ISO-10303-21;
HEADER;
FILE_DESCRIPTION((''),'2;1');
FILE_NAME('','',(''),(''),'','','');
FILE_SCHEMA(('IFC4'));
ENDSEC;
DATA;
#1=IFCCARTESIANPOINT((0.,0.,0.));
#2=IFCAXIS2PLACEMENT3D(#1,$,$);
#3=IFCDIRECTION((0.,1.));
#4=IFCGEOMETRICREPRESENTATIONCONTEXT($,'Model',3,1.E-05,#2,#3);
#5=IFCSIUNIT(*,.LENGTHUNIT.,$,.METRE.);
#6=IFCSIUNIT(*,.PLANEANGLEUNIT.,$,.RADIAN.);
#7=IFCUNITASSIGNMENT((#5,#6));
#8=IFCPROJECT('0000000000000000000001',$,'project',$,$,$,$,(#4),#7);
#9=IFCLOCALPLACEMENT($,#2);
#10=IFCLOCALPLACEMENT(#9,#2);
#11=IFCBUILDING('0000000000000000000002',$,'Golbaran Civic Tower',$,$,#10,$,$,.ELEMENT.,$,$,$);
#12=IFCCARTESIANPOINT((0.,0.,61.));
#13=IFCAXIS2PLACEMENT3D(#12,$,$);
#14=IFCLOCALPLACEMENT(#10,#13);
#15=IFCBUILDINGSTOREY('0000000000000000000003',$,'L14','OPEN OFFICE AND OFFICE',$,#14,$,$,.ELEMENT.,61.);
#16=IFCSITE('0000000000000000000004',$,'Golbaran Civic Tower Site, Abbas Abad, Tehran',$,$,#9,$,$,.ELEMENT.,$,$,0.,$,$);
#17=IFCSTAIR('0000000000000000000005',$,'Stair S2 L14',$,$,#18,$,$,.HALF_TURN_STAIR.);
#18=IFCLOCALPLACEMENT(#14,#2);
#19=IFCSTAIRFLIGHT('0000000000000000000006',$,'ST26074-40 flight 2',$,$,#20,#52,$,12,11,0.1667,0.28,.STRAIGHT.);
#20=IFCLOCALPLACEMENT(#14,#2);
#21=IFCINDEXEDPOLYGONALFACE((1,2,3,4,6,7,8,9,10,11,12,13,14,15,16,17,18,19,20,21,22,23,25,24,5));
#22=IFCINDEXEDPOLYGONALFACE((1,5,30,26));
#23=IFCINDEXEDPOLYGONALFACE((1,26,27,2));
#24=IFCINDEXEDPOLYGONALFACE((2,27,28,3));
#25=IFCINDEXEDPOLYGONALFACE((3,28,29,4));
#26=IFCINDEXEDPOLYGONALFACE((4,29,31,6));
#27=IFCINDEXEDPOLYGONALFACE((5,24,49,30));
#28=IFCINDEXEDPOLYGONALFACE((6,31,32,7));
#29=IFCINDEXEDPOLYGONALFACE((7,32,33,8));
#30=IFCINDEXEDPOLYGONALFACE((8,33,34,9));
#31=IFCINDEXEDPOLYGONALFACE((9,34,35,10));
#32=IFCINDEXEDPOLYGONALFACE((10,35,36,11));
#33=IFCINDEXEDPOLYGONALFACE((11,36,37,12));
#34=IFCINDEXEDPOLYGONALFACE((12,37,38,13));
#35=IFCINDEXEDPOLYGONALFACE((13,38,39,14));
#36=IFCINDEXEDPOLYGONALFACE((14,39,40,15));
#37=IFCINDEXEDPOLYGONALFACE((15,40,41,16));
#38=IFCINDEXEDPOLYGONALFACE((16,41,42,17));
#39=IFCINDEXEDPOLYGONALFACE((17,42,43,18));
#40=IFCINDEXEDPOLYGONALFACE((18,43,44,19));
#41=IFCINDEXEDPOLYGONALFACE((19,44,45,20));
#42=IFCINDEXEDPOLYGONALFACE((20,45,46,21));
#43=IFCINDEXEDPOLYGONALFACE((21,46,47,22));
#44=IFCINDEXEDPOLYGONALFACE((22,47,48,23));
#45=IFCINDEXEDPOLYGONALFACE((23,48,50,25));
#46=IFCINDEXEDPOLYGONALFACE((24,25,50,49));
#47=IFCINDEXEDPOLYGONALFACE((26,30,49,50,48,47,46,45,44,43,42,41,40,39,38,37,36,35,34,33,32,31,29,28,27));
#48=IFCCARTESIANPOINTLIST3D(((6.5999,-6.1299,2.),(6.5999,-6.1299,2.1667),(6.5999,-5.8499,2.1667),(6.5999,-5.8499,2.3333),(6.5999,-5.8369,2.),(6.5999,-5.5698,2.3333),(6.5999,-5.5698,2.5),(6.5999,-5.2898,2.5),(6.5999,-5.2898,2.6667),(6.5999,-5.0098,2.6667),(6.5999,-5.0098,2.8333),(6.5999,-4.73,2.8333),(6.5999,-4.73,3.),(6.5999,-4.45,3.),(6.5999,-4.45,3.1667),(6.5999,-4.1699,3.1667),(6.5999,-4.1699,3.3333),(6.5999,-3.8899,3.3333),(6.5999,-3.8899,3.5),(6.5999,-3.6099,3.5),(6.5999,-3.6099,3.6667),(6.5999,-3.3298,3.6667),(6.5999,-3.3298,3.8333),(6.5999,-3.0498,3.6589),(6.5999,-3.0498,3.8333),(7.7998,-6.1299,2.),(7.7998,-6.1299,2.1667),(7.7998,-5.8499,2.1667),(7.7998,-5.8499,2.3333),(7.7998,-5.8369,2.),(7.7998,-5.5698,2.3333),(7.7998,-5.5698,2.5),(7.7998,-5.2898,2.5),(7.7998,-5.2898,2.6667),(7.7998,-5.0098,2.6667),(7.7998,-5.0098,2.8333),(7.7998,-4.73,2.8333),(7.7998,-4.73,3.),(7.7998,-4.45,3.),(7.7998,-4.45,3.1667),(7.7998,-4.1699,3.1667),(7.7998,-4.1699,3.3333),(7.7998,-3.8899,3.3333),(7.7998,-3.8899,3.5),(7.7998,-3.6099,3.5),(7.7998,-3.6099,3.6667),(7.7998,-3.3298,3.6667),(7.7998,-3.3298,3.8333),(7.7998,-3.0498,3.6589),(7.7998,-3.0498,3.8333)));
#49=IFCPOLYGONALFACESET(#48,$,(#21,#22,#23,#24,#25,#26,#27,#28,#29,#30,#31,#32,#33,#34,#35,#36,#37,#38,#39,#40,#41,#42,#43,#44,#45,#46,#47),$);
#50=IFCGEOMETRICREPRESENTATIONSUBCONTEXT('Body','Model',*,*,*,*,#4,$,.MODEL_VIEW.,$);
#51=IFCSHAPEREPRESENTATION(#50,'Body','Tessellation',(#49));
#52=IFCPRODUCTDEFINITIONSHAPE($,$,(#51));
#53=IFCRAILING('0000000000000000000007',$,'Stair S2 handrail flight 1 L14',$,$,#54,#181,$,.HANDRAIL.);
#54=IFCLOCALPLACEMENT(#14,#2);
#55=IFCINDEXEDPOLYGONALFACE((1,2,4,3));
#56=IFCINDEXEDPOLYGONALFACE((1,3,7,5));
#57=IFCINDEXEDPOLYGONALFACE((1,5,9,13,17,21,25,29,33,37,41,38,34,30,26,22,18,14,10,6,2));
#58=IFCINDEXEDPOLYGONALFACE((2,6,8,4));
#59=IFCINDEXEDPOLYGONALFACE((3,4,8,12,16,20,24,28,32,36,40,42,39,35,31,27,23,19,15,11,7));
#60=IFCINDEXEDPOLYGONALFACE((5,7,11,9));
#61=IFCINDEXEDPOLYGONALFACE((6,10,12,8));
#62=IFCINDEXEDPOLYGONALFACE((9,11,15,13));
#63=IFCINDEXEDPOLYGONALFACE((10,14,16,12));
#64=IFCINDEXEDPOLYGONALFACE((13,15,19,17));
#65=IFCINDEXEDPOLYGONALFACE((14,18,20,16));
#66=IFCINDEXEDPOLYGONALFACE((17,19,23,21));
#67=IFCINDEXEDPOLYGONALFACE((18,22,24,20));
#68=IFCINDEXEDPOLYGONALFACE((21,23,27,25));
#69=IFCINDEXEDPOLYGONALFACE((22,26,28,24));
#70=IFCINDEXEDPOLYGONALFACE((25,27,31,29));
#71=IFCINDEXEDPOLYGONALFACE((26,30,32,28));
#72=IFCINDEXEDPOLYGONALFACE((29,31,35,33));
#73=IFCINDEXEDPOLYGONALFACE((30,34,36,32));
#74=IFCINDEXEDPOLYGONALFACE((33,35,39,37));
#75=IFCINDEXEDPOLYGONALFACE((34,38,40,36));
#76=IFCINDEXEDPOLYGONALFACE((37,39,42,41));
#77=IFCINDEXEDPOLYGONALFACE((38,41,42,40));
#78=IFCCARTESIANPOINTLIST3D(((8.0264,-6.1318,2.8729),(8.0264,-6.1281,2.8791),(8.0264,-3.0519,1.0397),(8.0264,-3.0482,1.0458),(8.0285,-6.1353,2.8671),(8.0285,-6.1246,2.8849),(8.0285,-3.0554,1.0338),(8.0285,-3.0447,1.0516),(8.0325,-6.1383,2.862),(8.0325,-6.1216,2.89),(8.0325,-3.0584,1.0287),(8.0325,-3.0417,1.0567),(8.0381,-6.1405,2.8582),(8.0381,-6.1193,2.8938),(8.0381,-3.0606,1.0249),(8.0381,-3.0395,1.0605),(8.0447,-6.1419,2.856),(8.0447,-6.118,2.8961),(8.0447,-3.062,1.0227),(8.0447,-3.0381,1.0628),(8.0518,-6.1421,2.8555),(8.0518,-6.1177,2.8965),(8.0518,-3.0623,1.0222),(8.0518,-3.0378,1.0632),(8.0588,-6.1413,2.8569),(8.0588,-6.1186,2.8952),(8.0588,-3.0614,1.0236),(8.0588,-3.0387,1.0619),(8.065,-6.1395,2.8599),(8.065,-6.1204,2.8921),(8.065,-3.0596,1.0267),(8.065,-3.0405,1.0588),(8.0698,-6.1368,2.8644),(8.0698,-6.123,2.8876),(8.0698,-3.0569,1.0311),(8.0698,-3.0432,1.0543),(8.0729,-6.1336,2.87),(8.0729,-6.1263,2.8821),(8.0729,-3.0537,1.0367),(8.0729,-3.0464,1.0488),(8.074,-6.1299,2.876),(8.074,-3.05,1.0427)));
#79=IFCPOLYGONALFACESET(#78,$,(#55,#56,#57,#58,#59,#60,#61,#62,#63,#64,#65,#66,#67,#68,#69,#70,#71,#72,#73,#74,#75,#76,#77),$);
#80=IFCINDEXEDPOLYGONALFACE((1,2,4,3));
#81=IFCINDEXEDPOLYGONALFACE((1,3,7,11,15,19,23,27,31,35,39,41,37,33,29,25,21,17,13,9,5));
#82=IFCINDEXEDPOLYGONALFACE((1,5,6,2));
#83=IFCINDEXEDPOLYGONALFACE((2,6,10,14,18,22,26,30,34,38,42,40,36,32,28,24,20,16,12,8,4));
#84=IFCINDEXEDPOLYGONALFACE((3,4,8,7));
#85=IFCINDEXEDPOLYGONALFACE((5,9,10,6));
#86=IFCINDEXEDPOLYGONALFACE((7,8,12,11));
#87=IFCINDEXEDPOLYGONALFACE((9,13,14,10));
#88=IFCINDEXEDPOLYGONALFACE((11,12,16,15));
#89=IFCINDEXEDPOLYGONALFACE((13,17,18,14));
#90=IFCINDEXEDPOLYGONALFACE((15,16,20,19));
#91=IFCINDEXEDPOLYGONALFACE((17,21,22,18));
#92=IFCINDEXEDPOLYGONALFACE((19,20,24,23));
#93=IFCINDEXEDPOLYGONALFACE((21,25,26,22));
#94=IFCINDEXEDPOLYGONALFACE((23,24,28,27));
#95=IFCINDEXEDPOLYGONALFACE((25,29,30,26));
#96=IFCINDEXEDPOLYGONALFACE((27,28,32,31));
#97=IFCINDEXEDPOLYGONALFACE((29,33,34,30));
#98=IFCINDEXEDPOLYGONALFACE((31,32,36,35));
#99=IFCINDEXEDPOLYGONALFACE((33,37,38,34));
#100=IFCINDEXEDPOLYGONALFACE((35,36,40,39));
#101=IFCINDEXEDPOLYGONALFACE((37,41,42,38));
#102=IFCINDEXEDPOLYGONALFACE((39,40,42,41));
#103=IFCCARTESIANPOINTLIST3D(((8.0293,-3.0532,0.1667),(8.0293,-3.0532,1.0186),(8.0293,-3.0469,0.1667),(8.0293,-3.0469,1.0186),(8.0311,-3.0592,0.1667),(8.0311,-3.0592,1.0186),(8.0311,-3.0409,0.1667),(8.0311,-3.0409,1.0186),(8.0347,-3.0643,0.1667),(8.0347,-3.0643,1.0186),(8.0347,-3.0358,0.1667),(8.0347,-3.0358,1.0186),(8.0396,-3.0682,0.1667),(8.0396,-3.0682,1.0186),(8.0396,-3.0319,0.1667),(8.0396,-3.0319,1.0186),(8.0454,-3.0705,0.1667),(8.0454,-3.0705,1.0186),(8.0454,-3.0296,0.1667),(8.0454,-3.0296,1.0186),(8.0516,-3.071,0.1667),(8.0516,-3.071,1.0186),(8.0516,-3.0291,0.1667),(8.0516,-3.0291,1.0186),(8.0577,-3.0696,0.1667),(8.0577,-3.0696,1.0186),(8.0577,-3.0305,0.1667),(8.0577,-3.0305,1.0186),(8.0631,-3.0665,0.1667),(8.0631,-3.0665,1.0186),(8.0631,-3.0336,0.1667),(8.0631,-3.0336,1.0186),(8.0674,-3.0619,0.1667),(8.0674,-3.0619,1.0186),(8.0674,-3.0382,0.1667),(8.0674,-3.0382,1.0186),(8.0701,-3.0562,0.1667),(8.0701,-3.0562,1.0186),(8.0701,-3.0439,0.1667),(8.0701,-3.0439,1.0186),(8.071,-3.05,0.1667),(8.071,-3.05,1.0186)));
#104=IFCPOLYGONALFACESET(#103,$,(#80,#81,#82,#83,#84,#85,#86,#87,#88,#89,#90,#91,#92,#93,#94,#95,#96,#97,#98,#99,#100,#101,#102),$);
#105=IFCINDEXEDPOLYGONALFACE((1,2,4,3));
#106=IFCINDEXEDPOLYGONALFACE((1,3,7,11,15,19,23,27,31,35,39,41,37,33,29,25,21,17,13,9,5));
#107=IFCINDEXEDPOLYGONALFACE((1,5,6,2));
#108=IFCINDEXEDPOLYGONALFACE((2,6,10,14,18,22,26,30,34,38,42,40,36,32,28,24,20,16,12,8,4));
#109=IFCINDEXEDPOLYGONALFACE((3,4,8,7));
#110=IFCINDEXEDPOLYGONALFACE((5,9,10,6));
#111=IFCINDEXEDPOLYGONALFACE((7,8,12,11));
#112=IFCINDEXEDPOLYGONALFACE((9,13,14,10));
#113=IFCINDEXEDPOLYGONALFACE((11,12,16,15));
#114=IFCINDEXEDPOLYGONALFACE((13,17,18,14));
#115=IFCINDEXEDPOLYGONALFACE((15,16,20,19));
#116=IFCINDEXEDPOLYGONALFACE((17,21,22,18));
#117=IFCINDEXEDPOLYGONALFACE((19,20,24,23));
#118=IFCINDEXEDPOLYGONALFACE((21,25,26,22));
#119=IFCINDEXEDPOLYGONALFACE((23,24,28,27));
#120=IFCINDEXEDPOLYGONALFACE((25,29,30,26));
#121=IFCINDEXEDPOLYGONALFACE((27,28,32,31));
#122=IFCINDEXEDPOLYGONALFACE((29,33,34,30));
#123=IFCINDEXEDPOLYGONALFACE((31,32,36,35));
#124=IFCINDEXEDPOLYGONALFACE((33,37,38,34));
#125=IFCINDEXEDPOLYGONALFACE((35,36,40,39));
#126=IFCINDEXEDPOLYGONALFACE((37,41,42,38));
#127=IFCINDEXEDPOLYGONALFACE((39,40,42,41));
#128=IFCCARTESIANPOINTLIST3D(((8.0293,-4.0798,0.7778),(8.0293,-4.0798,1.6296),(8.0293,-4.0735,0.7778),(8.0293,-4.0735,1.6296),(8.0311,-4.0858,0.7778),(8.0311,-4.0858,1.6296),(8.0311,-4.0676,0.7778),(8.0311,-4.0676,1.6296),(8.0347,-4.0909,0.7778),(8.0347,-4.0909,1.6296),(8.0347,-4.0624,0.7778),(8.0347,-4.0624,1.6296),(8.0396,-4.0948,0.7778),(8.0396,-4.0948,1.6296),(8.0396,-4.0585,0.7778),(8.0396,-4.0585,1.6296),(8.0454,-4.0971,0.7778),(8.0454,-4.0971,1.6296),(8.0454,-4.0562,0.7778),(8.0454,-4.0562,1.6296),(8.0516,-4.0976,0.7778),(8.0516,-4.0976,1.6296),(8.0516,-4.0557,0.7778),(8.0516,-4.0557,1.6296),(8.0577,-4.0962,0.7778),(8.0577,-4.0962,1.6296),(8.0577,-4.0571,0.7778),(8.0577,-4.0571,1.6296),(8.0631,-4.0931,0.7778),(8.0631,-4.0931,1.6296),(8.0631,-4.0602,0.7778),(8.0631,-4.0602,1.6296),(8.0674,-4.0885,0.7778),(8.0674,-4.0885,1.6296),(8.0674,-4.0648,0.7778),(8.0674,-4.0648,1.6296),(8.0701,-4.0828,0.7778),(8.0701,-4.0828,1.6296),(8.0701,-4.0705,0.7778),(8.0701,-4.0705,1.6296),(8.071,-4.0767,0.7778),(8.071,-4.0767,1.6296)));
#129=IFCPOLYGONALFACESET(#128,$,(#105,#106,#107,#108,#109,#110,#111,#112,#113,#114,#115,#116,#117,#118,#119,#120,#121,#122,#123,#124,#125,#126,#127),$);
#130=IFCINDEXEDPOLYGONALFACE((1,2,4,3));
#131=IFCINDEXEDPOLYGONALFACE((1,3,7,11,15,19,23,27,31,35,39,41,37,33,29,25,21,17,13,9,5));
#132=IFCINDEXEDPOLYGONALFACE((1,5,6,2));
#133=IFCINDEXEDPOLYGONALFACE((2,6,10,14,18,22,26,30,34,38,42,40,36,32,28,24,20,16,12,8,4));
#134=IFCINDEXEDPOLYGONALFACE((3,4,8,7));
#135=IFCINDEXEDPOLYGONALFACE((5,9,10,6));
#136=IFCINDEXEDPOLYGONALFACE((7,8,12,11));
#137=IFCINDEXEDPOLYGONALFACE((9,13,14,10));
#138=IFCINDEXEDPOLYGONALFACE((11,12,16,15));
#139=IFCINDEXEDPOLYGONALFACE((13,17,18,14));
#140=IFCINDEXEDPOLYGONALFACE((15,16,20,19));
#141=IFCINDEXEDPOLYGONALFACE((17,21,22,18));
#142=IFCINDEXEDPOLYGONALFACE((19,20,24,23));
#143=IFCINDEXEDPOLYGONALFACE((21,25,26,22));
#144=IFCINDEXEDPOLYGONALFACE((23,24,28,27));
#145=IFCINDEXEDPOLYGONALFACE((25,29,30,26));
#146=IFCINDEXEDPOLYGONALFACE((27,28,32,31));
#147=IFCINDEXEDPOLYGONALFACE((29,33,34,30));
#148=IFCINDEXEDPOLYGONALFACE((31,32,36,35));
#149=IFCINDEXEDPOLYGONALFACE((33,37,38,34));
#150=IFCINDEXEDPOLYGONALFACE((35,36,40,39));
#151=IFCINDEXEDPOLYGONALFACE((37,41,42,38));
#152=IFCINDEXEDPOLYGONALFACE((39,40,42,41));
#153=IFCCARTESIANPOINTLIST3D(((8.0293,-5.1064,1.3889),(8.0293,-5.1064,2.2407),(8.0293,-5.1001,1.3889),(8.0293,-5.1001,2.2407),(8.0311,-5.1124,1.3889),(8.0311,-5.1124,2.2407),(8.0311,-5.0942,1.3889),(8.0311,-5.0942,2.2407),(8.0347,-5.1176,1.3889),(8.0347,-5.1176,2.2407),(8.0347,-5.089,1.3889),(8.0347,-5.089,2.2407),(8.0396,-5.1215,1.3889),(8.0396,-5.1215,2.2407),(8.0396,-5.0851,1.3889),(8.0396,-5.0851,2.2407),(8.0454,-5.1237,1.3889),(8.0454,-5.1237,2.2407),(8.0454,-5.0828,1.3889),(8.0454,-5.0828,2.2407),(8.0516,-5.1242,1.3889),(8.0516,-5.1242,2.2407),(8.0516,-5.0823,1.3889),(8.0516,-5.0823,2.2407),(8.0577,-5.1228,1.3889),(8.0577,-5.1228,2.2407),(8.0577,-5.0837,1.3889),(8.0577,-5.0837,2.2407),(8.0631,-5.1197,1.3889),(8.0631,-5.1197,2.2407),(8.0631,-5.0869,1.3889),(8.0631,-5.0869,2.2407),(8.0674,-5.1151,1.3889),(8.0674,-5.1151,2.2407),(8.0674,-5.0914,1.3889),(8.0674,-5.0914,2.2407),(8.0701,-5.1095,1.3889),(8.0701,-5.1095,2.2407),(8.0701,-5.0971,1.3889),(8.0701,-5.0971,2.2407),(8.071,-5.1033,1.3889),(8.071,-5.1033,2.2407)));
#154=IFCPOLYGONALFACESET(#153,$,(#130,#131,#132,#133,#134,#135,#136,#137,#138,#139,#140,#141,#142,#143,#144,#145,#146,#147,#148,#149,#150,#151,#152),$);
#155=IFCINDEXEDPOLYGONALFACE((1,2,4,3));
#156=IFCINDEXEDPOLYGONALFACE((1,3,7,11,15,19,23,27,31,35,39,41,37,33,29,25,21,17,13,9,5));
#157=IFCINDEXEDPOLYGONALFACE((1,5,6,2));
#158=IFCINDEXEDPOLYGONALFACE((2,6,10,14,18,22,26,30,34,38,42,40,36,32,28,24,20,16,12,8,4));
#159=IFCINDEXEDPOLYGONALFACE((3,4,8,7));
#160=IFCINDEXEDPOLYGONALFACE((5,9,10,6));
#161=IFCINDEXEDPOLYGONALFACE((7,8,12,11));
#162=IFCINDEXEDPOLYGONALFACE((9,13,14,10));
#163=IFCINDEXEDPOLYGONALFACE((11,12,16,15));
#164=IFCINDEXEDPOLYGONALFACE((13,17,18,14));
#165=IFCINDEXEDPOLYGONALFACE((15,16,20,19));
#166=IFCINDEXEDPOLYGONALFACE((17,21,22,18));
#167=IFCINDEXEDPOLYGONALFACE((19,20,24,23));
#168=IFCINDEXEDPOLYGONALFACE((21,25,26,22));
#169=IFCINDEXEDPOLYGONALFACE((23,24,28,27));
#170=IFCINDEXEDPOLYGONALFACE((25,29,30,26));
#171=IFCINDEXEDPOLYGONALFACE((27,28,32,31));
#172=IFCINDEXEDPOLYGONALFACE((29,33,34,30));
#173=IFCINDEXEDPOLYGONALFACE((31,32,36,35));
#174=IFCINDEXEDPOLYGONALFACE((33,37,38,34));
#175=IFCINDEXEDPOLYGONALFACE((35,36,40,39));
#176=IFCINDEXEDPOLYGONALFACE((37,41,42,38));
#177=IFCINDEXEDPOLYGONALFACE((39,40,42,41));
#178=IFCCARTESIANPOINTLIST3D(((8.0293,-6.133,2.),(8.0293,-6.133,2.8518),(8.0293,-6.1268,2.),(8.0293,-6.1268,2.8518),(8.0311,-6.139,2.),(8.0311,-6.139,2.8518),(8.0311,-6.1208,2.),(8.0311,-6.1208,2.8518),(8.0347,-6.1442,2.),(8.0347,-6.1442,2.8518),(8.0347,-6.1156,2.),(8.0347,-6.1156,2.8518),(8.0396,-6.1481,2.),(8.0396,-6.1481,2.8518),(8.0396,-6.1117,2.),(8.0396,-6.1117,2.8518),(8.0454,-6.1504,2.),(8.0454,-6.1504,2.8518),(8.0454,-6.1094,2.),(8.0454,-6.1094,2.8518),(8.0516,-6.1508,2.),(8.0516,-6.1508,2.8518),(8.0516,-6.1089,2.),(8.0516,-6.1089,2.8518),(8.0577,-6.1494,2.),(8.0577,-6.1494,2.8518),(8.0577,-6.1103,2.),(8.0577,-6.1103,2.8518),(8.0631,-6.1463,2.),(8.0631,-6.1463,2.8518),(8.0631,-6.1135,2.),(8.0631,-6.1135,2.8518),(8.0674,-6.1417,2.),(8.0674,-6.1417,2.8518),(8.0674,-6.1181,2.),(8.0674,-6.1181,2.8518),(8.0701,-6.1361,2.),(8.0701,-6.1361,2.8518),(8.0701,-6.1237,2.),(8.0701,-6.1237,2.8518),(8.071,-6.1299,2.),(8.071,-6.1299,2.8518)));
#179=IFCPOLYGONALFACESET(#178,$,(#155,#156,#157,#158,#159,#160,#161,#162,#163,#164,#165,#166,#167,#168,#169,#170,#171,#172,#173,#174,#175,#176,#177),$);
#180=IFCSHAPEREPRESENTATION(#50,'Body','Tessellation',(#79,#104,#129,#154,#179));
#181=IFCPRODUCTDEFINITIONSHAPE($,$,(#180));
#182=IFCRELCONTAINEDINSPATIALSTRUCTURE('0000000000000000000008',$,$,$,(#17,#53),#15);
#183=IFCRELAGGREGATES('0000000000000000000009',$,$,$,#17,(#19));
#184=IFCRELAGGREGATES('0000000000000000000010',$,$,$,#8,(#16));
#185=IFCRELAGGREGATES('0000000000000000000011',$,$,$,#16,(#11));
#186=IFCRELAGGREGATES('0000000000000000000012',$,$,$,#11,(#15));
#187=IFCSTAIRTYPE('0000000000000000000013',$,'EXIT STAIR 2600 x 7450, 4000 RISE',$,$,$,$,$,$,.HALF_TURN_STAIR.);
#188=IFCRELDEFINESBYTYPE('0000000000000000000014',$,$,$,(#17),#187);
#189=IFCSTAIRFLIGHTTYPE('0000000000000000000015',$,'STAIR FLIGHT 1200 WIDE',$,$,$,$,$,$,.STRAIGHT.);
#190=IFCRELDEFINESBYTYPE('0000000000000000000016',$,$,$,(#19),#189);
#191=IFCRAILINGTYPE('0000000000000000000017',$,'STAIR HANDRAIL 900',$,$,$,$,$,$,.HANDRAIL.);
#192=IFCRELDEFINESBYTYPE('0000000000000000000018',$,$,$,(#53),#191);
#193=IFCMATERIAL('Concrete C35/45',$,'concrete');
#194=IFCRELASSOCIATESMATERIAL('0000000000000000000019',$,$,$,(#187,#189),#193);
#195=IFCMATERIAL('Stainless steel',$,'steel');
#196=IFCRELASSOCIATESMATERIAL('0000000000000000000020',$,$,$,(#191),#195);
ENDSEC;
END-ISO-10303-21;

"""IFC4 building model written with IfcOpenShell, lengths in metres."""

from ifc_helpers import new_model, si_unit, direction, frame, origin, origin_2d, place, context, subcontext, project, spatial, polyline, circle, outline, extrude, material, type_object, element, aggregate, save


model = new_model("IFC4")

# Units and contexts
model_context = context("Model", 3, precision=1e-05, world=origin(), true_north=direction((0.0, 1.0)))
body_context = subcontext(model_context, "Body", "Model", "MODEL_VIEW")
ifc_project = project(units=[si_unit("LENGTHUNIT", "METRE"), si_unit("PLANEANGLEUNIT", "RADIAN")], contexts=[model_context])

# Site, building, storey
site_placement = place(None, origin())
site = spatial("IfcSite", under=ifc_project, at=site_placement, Name="Golbaran Civic Tower Site, Abbas Abad, Tehran", CompositionType="ELEMENT", RefElevation=0.0)
building_placement = place(site_placement, origin())
building = spatial("IfcBuilding", under=site, at=building_placement, Name="Golbaran Civic Tower", CompositionType="ELEMENT")
storey_placement = place(building_placement, frame((0.0, 0.0, 61.0)))
storey = spatial("IfcBuildingStorey", under=building, at=storey_placement, Name="L14", Description="OPEN OFFICE AND OFFICE", CompositionType="ELEMENT", Elevation=61.0)

# Shared definitions
ifc_material_1 = material(Name="Concrete C35/45", Category="concrete")

# Shared definitions
ifc_material_2 = material(Name="Stainless steel", Category="steel")

# Stair, stair flight
stair_type_1 = type_object("IfcStairType", Name="EXIT STAIR 2600 x 7450, 4000 RISE", PredefinedType="HALF_TURN_STAIR", material=ifc_material_1)
stair_1_placement = place(storey_placement, origin())
stair_1 = element("IfcStair", 1, at=stair_1_placement, inside=storey, type_object=stair_type_1, Name="Stair S2 L14", PredefinedType="HALF_TURN_STAIR")
stair_flight_type = type_object("IfcStairFlightType", Name="STAIR FLIGHT 1200 WIDE", PredefinedType="STRAIGHT", material=ifc_material_1)
stair_flight_1_placement = place(storey_placement, frame((7.2, -6.1299, 2.0), z_axis=(0.0, 0.0, 1.0), x_axis=(0.0, 1.0, 0.0)))
stair_flight_1 = element("IfcStairFlight", 2, at=stair_flight_1_placement, type_object=stair_flight_type, Name="ST26074-40 flight 2", NumberOfRisers=12, NumberOfTreads=11, PredefinedType="STRAIGHT", RiserHeight=0.1667, TreadLength=0.28, context=body_context, shape_type="SweptSolid", body=[
    extrude(outline(polyline([(0.0, 0.0), (0.0, 0.1667), (0.28, 0.1667), (0.28, 0.3333), (0.5601, 0.3333), (0.5601, 0.5), (0.8401, 0.5), (0.8401, 0.6667), (1.1201, 0.6667), (1.1201, 0.8333), (1.3999, 0.8333), (1.3999, 1.0), (1.6799, 1.0), (1.6799, 1.1667), (1.96, 1.1667), (1.96, 1.3333), (2.24, 1.3333), (2.24, 1.5), (2.52, 1.5), (2.52, 1.6667), (2.8, 1.6667), (2.8, 1.8333), (3.0801, 1.8333), (3.0801, 2.0), (3.0801, 1.6589), (0.293, 0.0), (0.0, 0.0)])), frame((0.0, 0.6001, 0.0), z_axis=(0.0, -1.0, 0.0), x_axis=(1.0, 0.0, 0.0)), (0.0, 0.0, 1.0), 1.2),
])
aggregate(stair_1, [stair_flight_1])

# Railing
railing_type = type_object("IfcRailingType", Name="STAIR HANDRAIL 900", PredefinedType="HANDRAIL", material=ifc_material_2)
railing_1_placement = place(storey_placement, frame((8.05, -3.05, 0.1667)))
element("IfcRailing", 3, at=railing_1_placement, inside=storey, type_object=railing_type, Name="Stair S2 handrail flight 1 L14", PredefinedType="HANDRAIL", context=body_context, shape_type="SweptSolid", body=[
    extrude(circle(Radius=0.0239, at=origin_2d()), frame((0.0, 0.0, 0.876), z_axis=(0.0, -0.859291, 0.511487), x_axis=(1.0, 0.0, 0.0)), (0.0, 0.0, 1.0), 3.5842),
    extrude(circle(Radius=0.021, at=origin_2d()), origin(), (0.0, 0.0, 1.0), 0.8518),
    extrude(circle(Radius=0.021, at=origin_2d()), frame((0.0, -1.0266, 0.6111)), (0.0, 0.0, 1.0), 0.8518),
    extrude(circle(Radius=0.021, at=origin_2d()), frame((0.0, -2.0532, 1.2222)), (0.0, 0.0, 1.0), 0.8518),
    extrude(circle(Radius=0.021, at=origin_2d()), frame((0.0, -3.0798, 1.8333)), (0.0, 0.0, 1.0), 0.8518),
])

save(model, "model.ifc")
